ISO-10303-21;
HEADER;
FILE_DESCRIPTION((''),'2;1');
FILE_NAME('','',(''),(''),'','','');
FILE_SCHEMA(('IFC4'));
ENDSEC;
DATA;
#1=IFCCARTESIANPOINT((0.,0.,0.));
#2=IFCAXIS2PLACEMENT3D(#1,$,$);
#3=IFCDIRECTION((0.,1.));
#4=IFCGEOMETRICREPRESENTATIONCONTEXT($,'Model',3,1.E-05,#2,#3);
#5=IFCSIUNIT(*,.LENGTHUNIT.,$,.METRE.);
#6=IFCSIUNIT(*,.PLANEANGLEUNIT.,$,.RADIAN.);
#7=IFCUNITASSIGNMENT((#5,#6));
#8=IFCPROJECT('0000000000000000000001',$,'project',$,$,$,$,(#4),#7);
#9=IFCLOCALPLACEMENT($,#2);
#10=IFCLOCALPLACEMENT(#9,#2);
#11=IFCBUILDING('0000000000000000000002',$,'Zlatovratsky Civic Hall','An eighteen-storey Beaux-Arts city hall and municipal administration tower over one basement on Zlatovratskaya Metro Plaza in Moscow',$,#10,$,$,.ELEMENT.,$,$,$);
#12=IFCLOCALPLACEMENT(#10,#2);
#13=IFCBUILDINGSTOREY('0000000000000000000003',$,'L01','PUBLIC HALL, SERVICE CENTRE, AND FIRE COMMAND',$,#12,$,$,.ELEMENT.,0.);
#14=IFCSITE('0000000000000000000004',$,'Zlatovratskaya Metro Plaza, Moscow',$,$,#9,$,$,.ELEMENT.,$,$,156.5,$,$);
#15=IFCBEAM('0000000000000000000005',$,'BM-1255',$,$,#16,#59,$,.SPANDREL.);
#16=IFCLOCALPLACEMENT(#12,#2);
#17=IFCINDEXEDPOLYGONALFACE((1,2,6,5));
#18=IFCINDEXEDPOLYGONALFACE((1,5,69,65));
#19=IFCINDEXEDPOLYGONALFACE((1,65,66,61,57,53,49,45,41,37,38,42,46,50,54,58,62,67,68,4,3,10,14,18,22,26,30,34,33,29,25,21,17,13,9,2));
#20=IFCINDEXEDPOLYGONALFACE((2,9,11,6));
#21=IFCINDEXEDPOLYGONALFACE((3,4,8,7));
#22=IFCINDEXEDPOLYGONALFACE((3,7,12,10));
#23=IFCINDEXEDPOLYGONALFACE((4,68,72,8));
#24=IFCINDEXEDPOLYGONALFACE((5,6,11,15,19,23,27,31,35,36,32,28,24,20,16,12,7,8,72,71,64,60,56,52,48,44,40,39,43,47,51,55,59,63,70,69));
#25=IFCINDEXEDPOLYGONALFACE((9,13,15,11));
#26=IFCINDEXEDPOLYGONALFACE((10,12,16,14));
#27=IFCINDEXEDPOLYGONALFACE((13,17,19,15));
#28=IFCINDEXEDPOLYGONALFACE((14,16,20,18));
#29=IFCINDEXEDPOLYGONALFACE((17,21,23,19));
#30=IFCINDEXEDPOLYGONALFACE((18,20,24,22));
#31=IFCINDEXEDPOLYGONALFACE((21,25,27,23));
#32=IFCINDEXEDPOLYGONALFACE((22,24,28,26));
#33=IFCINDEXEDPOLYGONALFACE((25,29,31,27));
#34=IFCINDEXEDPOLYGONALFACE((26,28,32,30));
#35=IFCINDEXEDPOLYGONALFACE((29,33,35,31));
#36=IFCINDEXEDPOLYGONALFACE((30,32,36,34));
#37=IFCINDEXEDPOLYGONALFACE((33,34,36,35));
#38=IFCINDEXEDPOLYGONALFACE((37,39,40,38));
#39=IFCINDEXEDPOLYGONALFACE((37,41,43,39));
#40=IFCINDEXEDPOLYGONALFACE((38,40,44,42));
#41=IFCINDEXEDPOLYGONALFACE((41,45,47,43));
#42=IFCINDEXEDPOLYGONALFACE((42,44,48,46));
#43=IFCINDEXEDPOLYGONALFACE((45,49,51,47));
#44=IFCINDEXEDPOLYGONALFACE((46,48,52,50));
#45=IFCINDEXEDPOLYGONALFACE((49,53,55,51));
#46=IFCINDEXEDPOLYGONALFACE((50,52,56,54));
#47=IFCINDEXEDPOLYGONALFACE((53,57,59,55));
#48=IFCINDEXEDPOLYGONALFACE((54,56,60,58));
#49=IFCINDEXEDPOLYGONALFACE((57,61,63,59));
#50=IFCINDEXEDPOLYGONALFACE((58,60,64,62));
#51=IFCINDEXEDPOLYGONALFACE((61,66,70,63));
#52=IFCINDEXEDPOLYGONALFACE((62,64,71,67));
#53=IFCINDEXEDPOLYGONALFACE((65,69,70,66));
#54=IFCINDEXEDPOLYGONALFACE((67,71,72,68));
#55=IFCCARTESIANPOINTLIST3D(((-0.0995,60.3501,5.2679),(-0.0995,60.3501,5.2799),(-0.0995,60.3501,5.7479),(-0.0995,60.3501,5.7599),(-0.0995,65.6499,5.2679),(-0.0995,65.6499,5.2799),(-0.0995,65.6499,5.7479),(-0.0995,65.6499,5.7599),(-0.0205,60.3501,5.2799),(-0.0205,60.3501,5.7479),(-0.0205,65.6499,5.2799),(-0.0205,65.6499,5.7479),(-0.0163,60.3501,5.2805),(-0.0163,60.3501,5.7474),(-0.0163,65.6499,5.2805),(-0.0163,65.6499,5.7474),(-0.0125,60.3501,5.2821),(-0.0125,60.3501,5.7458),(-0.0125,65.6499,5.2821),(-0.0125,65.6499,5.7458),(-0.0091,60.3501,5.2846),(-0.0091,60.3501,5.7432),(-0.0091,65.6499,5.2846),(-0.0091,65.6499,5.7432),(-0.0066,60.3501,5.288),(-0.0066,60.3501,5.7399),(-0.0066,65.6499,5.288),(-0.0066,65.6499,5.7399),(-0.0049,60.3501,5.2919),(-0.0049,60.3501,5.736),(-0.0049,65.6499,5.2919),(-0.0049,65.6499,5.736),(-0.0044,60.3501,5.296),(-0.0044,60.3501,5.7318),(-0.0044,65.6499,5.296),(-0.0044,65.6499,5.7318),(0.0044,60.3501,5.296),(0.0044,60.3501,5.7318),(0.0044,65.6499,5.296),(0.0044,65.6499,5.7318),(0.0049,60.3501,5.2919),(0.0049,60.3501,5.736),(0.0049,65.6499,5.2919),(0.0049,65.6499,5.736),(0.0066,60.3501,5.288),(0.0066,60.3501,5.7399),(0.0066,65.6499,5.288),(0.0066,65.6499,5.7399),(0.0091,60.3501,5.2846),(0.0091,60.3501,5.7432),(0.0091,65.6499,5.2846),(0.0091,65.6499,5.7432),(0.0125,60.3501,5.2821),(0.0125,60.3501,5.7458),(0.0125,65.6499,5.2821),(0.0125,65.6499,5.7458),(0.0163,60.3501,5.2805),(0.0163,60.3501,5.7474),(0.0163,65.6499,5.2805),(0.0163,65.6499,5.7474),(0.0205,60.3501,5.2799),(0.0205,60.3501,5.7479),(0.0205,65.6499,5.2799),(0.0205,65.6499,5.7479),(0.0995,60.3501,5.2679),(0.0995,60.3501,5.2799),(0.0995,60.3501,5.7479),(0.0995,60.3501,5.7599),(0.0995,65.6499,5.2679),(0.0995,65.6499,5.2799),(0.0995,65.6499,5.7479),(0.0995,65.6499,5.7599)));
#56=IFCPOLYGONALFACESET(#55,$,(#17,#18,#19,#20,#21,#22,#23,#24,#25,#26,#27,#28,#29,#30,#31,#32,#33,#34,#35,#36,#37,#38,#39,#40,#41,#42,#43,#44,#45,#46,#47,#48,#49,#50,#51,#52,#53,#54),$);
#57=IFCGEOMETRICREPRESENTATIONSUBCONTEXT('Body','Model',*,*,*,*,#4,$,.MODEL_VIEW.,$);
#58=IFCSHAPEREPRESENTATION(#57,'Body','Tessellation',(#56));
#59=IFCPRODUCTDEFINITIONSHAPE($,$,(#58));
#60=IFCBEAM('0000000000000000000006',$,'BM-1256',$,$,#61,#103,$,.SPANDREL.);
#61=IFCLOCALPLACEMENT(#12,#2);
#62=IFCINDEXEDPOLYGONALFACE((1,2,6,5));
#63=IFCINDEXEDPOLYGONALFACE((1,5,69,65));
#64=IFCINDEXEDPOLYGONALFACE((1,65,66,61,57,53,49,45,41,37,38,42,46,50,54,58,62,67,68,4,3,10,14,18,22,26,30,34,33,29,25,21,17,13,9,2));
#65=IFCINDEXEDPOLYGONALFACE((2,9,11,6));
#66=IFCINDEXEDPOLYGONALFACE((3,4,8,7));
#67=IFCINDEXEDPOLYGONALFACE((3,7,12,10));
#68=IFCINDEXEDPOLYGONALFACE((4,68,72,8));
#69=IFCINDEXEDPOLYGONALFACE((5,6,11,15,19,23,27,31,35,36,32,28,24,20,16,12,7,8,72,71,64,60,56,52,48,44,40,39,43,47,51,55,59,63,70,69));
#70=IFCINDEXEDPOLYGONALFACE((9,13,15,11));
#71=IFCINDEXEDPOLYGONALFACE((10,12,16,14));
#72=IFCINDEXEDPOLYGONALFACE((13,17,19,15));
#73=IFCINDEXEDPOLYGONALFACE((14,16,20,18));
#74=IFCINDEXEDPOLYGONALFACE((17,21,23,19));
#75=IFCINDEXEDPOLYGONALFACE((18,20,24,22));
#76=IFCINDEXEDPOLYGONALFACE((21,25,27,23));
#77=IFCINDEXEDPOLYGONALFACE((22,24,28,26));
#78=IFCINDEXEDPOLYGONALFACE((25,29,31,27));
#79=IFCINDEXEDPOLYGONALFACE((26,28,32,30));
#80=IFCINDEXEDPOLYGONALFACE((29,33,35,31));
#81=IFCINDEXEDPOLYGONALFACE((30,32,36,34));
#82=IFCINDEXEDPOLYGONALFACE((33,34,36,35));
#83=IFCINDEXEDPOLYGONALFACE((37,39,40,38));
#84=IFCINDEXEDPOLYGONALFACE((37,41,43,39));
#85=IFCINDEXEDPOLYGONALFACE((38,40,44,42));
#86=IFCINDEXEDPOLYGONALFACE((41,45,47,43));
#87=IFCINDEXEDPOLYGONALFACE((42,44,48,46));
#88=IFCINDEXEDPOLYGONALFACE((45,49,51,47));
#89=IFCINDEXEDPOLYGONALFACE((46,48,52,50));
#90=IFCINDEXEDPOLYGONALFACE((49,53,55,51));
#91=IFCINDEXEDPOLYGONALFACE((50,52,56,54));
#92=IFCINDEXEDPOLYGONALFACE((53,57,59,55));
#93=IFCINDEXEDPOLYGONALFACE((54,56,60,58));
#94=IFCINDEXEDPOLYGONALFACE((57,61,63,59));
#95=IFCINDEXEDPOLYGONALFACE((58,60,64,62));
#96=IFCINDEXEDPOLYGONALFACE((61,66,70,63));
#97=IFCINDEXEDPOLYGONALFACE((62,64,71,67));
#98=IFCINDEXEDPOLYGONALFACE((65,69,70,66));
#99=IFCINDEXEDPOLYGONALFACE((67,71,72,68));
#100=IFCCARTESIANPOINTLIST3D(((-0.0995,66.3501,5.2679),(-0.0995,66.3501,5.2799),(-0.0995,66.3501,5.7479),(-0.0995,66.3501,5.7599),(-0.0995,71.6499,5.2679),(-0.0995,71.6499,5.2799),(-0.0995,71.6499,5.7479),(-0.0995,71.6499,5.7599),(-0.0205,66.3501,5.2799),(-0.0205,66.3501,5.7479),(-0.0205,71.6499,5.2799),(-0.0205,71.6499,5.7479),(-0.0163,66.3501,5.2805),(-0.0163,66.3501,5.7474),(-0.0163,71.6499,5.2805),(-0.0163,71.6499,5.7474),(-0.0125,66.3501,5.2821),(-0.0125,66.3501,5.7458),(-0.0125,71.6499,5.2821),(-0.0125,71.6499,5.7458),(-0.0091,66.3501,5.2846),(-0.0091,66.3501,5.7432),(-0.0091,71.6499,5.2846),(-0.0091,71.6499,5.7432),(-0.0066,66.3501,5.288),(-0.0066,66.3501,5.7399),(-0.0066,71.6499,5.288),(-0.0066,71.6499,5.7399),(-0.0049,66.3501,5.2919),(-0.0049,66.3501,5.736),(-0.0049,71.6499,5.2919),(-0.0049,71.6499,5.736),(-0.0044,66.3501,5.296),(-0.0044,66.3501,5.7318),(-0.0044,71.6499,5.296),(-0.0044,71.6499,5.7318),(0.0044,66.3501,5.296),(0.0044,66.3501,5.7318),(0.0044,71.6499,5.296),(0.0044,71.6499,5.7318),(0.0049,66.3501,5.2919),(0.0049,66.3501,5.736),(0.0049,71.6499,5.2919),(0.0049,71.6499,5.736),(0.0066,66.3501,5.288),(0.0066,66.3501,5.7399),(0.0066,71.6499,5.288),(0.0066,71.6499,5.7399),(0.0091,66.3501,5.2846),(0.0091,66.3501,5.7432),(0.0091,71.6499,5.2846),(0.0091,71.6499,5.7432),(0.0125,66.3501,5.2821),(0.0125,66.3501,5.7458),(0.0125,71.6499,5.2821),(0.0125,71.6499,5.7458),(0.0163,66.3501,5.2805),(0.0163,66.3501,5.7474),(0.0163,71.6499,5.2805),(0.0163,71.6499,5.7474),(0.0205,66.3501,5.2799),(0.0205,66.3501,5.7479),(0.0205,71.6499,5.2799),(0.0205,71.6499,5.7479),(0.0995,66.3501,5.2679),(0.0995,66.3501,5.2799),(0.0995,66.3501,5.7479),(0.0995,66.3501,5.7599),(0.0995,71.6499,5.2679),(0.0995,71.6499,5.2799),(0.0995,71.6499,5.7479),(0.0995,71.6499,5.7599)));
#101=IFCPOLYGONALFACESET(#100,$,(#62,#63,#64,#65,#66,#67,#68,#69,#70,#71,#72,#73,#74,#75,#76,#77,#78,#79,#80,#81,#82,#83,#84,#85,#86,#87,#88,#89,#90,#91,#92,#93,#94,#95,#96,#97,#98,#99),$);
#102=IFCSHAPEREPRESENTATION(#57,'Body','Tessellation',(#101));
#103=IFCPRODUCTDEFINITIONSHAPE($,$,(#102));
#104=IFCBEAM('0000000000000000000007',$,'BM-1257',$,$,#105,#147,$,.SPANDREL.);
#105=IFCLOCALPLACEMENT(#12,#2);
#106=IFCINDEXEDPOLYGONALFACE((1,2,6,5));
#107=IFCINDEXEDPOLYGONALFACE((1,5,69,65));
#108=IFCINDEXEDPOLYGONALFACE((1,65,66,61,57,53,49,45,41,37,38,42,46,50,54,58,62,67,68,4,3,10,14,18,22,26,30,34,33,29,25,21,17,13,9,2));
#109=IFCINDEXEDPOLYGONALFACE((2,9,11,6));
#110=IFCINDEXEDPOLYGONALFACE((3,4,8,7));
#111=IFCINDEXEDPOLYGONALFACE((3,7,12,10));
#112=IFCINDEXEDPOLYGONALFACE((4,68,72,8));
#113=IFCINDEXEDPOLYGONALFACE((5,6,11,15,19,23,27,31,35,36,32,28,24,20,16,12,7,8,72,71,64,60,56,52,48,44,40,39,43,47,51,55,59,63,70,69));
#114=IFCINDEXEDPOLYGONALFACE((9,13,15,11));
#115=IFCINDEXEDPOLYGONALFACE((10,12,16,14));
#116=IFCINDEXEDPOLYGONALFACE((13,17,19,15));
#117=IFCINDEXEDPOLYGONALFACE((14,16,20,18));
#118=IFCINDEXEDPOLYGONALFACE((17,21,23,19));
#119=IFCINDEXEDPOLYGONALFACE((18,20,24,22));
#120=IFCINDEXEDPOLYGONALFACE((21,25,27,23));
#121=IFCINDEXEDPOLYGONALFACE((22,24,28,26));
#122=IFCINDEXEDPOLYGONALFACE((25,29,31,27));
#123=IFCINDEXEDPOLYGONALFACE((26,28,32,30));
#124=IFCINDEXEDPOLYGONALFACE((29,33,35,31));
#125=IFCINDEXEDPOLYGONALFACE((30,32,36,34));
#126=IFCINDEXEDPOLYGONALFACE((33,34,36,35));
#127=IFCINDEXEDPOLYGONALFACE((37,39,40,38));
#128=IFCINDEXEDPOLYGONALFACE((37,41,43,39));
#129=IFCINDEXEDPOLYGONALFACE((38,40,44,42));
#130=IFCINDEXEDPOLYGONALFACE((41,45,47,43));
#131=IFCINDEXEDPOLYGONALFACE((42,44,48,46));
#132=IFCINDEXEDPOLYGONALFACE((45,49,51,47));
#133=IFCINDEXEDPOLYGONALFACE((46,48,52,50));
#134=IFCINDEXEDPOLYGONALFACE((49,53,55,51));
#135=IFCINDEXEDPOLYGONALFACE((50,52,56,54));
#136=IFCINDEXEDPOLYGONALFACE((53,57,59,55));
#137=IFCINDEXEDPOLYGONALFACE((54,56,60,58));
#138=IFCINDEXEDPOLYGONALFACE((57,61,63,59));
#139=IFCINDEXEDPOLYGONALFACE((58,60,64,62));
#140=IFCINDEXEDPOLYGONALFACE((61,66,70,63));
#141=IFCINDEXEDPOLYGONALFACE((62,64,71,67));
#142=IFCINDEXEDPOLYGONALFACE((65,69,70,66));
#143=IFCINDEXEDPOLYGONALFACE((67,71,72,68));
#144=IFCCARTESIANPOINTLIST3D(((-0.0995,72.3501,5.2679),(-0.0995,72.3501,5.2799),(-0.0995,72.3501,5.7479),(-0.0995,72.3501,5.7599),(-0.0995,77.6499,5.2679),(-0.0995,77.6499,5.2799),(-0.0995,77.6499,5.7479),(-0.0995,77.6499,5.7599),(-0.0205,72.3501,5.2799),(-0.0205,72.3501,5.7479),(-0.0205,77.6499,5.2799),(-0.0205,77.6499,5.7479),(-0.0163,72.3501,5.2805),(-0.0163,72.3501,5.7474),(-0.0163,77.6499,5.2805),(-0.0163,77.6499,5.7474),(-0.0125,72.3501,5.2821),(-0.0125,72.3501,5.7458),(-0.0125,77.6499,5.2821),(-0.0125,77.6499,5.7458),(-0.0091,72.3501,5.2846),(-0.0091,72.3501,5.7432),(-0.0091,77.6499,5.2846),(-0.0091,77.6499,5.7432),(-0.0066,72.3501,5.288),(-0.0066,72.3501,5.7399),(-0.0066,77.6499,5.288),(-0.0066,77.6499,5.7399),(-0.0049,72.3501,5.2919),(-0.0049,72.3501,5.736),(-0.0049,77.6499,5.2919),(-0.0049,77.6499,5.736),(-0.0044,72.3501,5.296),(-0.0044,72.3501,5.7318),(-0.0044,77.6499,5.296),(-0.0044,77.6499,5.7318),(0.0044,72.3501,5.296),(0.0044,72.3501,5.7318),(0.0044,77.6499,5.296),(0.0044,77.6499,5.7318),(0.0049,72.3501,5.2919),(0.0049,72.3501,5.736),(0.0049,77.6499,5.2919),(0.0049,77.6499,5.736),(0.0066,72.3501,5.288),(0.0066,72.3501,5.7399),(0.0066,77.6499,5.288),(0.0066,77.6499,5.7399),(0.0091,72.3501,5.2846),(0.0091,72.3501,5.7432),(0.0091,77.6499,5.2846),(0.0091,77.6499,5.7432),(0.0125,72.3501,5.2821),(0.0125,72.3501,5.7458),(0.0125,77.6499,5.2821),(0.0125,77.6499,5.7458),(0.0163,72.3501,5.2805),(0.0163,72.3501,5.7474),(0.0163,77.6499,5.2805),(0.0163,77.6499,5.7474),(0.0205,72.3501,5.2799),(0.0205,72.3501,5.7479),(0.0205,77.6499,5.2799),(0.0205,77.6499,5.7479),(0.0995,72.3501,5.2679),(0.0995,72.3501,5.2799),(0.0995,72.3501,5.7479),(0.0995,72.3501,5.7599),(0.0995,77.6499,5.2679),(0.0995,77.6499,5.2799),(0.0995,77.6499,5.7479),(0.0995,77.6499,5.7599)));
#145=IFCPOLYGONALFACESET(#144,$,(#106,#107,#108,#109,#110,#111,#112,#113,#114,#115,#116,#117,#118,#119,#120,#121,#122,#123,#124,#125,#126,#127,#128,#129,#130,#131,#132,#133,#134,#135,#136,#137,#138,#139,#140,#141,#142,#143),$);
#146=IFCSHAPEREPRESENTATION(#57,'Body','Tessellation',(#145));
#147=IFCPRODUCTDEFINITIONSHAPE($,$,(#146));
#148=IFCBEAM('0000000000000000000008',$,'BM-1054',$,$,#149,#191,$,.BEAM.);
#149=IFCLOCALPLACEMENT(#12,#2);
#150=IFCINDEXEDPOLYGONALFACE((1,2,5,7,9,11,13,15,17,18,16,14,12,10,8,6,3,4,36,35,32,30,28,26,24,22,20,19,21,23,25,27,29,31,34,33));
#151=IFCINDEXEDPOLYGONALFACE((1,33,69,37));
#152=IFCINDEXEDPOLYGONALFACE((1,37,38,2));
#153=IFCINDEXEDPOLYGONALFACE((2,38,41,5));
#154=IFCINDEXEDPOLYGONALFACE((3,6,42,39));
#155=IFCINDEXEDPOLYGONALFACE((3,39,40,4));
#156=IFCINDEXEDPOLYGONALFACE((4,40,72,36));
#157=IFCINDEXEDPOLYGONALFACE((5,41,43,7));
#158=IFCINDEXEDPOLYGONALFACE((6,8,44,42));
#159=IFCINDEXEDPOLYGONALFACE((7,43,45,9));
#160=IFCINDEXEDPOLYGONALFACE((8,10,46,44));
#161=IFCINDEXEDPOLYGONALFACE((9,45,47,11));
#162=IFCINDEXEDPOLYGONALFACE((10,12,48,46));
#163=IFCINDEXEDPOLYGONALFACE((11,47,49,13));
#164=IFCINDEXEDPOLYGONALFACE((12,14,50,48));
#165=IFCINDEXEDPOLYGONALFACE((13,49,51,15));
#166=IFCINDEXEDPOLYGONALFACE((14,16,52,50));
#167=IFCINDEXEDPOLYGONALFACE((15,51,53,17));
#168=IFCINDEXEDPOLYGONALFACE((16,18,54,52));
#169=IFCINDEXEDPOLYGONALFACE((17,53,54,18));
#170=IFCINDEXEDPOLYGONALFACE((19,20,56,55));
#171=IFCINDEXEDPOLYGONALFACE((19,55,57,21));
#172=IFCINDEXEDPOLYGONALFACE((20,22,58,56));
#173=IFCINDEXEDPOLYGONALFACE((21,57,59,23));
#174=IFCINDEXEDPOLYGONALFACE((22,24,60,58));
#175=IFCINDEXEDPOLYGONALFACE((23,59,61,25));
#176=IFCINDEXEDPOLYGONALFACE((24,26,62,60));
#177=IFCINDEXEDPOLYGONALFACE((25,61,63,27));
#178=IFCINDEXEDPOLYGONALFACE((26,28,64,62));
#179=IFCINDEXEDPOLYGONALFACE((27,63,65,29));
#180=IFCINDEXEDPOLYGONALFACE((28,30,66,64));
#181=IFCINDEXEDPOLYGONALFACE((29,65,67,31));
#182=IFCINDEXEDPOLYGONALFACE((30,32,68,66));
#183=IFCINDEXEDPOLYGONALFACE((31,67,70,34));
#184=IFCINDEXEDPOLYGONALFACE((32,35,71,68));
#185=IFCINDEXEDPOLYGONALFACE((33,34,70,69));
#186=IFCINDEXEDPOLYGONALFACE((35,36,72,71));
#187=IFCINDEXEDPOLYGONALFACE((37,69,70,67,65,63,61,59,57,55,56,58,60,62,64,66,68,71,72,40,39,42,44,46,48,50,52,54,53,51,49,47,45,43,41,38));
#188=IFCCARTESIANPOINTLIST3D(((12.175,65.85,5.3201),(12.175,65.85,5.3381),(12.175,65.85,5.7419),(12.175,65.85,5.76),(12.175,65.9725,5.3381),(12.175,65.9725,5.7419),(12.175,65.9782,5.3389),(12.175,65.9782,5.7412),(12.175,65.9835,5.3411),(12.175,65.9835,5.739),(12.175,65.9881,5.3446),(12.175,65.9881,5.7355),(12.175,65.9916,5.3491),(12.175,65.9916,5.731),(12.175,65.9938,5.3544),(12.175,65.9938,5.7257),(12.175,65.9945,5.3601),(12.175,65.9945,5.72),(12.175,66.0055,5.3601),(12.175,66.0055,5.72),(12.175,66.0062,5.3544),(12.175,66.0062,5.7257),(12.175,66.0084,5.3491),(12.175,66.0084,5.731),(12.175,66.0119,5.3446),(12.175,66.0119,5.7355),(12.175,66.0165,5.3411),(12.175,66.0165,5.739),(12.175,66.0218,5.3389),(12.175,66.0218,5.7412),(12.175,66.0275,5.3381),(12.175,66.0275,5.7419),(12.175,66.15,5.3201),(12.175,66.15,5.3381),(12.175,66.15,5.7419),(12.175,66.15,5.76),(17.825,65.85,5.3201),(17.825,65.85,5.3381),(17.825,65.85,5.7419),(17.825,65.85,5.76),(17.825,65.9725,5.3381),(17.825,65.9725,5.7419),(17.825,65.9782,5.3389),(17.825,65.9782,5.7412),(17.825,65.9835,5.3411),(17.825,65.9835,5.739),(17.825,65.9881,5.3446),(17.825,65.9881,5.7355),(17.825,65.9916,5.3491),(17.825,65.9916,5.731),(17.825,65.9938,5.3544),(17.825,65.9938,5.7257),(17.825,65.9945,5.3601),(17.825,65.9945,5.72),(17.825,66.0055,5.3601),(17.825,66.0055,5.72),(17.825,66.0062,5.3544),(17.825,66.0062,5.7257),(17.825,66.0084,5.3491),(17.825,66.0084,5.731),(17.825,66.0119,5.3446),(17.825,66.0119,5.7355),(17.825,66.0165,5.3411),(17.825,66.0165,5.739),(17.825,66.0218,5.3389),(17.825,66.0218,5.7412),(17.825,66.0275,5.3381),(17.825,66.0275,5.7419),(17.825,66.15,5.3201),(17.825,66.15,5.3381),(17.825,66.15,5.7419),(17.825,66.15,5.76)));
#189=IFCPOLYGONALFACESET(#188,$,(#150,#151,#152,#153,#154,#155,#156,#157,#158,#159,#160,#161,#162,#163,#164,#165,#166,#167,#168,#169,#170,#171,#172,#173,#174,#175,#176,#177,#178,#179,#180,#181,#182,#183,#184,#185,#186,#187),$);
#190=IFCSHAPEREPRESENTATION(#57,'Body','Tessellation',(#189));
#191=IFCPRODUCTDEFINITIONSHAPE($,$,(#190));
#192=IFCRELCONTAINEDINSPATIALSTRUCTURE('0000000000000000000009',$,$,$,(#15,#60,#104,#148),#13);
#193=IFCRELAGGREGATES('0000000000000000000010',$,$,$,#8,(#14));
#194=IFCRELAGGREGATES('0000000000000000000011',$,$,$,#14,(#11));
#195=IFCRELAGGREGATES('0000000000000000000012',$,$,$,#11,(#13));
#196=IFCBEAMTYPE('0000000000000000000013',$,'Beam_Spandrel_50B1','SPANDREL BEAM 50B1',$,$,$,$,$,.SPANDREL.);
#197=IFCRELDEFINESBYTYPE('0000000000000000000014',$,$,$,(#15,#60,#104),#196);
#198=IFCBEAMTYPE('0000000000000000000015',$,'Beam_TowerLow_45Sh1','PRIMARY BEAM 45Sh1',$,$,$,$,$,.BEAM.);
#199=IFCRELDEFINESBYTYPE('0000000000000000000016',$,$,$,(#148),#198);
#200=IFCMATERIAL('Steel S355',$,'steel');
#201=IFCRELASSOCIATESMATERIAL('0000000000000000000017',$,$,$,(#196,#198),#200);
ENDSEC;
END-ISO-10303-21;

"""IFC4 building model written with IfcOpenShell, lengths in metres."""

from ifc_helpers import new_model, si_unit, direction, frame, origin, origin_2d, place, context, subcontext, project, spatial, i_section, extrude, material, material_profile, profile_set, type_object, element, save


model = new_model("IFC4")

# Units and contexts
model_context = context("Model", 3, precision=1e-05, world=origin(), true_north=direction((0.0, 1.0)))
body_context = subcontext(model_context, "Body", "Model", "MODEL_VIEW")
ifc_project = project(units=[si_unit("LENGTHUNIT", "METRE"), si_unit("PLANEANGLEUNIT", "RADIAN")], contexts=[model_context])

# Site, building, storey
site_placement = place(None, origin())
site = spatial("IfcSite", under=ifc_project, at=site_placement, Name="Zlatovratskaya Metro Plaza, Moscow", CompositionType="ELEMENT", RefElevation=156.5)
building_placement = place(site_placement, origin())
building = spatial("IfcBuilding", under=site, at=building_placement, Name="Zlatovratsky Civic Hall", Description="An eighteen-storey Beaux-Arts city hall and municipal administration tower over one basement on Zlatovratskaya Metro Plaza in Moscow", CompositionType="ELEMENT")
storey_placement = place(building_placement, origin())
storey = spatial("IfcBuildingStorey", under=building, at=storey_placement, Name="L01", Description="PUBLIC HALL, SERVICE CENTRE, AND FIRE COMMAND", CompositionType="ELEMENT", Elevation=0.0)

# Shared definitions
ifc_material_1 = material(Name="Steel S355", Category="steel")

# Beams
ifc_material_profile_1 = material_profile(ifc_material_1, i_section(OverallWidth=0.199, OverallDepth=0.4919, WebThickness=0.0088, FlangeThickness=0.012, FilletRadius=0.0161, at=origin_2d()), Name="50B1")
ifc_profile_set_1 = profile_set([ifc_material_profile_1], Name="Steel S355")
beam_type_1 = type_object("IfcBeamType", Name="Beam_Spandrel_50B1", Description="SPANDREL BEAM 50B1", PredefinedType="SPANDREL", material=ifc_profile_set_1)
for number, where, z_axis, x_axis, name in (
    (1, (0.0, 60.3501, 5.5139), (0.0, 1.0, 0.0), (-1.0, 0.0, 0.0), "BM-1255"),
    (2, (0.0, 66.3501, 5.5139), (0.0, 1.0, 0.0), (-1.0, 0.0, 0.0), "BM-1256"),
    (3, (0.0, 72.3501, 5.5139), (0.0, 1.0, 0.0), (-1.0, 0.0, 0.0), "BM-1257"),
):
    element("IfcBeam", number, at=place(storey_placement, frame(where, z_axis=z_axis, x_axis=x_axis)), inside=storey, type_object=beam_type_1, Name=name, PredefinedType="SPANDREL", context=body_context, shape_type="SweptSolid", body=[
        extrude(i_section(OverallWidth=0.199, OverallDepth=0.4919, WebThickness=0.0088, FlangeThickness=0.012, FilletRadius=0.0161, at=origin_2d()), origin(), (0.0, 0.0, 1.0), 5.2998),
    ])
ifc_material_profile_2 = material_profile(ifc_material_1, i_section(OverallWidth=0.3, OverallDepth=0.4399, WebThickness=0.011, FlangeThickness=0.0181, FilletRadius=0.022, at=origin_2d()), Name="45Sh1")
ifc_profile_set_2 = profile_set([ifc_material_profile_2], Name="Steel S355")
beam_type_2 = type_object("IfcBeamType", Name="Beam_TowerLow_45Sh1", Description="PRIMARY BEAM 45Sh1", PredefinedType="BEAM", material=ifc_profile_set_2)
for number, where, z_axis, x_axis, name in (
    (4, (12.175, 66.0, 5.54), (1.0, 0.0, 0.0), (0.0, 1.0, 0.0), "BM-1054"),
):
    element("IfcBeam", number, at=place(storey_placement, frame(where, z_axis=z_axis, x_axis=x_axis)), inside=storey, type_object=beam_type_2, Name=name, PredefinedType="BEAM", context=body_context, shape_type="SweptSolid", body=[
        extrude(i_section(OverallWidth=0.3, OverallDepth=0.4399, WebThickness=0.011, FlangeThickness=0.0181, FilletRadius=0.022, at=origin_2d()), origin(), (0.0, 0.0, 1.0), 5.6499),
    ])

save(model, "model.ifc")
